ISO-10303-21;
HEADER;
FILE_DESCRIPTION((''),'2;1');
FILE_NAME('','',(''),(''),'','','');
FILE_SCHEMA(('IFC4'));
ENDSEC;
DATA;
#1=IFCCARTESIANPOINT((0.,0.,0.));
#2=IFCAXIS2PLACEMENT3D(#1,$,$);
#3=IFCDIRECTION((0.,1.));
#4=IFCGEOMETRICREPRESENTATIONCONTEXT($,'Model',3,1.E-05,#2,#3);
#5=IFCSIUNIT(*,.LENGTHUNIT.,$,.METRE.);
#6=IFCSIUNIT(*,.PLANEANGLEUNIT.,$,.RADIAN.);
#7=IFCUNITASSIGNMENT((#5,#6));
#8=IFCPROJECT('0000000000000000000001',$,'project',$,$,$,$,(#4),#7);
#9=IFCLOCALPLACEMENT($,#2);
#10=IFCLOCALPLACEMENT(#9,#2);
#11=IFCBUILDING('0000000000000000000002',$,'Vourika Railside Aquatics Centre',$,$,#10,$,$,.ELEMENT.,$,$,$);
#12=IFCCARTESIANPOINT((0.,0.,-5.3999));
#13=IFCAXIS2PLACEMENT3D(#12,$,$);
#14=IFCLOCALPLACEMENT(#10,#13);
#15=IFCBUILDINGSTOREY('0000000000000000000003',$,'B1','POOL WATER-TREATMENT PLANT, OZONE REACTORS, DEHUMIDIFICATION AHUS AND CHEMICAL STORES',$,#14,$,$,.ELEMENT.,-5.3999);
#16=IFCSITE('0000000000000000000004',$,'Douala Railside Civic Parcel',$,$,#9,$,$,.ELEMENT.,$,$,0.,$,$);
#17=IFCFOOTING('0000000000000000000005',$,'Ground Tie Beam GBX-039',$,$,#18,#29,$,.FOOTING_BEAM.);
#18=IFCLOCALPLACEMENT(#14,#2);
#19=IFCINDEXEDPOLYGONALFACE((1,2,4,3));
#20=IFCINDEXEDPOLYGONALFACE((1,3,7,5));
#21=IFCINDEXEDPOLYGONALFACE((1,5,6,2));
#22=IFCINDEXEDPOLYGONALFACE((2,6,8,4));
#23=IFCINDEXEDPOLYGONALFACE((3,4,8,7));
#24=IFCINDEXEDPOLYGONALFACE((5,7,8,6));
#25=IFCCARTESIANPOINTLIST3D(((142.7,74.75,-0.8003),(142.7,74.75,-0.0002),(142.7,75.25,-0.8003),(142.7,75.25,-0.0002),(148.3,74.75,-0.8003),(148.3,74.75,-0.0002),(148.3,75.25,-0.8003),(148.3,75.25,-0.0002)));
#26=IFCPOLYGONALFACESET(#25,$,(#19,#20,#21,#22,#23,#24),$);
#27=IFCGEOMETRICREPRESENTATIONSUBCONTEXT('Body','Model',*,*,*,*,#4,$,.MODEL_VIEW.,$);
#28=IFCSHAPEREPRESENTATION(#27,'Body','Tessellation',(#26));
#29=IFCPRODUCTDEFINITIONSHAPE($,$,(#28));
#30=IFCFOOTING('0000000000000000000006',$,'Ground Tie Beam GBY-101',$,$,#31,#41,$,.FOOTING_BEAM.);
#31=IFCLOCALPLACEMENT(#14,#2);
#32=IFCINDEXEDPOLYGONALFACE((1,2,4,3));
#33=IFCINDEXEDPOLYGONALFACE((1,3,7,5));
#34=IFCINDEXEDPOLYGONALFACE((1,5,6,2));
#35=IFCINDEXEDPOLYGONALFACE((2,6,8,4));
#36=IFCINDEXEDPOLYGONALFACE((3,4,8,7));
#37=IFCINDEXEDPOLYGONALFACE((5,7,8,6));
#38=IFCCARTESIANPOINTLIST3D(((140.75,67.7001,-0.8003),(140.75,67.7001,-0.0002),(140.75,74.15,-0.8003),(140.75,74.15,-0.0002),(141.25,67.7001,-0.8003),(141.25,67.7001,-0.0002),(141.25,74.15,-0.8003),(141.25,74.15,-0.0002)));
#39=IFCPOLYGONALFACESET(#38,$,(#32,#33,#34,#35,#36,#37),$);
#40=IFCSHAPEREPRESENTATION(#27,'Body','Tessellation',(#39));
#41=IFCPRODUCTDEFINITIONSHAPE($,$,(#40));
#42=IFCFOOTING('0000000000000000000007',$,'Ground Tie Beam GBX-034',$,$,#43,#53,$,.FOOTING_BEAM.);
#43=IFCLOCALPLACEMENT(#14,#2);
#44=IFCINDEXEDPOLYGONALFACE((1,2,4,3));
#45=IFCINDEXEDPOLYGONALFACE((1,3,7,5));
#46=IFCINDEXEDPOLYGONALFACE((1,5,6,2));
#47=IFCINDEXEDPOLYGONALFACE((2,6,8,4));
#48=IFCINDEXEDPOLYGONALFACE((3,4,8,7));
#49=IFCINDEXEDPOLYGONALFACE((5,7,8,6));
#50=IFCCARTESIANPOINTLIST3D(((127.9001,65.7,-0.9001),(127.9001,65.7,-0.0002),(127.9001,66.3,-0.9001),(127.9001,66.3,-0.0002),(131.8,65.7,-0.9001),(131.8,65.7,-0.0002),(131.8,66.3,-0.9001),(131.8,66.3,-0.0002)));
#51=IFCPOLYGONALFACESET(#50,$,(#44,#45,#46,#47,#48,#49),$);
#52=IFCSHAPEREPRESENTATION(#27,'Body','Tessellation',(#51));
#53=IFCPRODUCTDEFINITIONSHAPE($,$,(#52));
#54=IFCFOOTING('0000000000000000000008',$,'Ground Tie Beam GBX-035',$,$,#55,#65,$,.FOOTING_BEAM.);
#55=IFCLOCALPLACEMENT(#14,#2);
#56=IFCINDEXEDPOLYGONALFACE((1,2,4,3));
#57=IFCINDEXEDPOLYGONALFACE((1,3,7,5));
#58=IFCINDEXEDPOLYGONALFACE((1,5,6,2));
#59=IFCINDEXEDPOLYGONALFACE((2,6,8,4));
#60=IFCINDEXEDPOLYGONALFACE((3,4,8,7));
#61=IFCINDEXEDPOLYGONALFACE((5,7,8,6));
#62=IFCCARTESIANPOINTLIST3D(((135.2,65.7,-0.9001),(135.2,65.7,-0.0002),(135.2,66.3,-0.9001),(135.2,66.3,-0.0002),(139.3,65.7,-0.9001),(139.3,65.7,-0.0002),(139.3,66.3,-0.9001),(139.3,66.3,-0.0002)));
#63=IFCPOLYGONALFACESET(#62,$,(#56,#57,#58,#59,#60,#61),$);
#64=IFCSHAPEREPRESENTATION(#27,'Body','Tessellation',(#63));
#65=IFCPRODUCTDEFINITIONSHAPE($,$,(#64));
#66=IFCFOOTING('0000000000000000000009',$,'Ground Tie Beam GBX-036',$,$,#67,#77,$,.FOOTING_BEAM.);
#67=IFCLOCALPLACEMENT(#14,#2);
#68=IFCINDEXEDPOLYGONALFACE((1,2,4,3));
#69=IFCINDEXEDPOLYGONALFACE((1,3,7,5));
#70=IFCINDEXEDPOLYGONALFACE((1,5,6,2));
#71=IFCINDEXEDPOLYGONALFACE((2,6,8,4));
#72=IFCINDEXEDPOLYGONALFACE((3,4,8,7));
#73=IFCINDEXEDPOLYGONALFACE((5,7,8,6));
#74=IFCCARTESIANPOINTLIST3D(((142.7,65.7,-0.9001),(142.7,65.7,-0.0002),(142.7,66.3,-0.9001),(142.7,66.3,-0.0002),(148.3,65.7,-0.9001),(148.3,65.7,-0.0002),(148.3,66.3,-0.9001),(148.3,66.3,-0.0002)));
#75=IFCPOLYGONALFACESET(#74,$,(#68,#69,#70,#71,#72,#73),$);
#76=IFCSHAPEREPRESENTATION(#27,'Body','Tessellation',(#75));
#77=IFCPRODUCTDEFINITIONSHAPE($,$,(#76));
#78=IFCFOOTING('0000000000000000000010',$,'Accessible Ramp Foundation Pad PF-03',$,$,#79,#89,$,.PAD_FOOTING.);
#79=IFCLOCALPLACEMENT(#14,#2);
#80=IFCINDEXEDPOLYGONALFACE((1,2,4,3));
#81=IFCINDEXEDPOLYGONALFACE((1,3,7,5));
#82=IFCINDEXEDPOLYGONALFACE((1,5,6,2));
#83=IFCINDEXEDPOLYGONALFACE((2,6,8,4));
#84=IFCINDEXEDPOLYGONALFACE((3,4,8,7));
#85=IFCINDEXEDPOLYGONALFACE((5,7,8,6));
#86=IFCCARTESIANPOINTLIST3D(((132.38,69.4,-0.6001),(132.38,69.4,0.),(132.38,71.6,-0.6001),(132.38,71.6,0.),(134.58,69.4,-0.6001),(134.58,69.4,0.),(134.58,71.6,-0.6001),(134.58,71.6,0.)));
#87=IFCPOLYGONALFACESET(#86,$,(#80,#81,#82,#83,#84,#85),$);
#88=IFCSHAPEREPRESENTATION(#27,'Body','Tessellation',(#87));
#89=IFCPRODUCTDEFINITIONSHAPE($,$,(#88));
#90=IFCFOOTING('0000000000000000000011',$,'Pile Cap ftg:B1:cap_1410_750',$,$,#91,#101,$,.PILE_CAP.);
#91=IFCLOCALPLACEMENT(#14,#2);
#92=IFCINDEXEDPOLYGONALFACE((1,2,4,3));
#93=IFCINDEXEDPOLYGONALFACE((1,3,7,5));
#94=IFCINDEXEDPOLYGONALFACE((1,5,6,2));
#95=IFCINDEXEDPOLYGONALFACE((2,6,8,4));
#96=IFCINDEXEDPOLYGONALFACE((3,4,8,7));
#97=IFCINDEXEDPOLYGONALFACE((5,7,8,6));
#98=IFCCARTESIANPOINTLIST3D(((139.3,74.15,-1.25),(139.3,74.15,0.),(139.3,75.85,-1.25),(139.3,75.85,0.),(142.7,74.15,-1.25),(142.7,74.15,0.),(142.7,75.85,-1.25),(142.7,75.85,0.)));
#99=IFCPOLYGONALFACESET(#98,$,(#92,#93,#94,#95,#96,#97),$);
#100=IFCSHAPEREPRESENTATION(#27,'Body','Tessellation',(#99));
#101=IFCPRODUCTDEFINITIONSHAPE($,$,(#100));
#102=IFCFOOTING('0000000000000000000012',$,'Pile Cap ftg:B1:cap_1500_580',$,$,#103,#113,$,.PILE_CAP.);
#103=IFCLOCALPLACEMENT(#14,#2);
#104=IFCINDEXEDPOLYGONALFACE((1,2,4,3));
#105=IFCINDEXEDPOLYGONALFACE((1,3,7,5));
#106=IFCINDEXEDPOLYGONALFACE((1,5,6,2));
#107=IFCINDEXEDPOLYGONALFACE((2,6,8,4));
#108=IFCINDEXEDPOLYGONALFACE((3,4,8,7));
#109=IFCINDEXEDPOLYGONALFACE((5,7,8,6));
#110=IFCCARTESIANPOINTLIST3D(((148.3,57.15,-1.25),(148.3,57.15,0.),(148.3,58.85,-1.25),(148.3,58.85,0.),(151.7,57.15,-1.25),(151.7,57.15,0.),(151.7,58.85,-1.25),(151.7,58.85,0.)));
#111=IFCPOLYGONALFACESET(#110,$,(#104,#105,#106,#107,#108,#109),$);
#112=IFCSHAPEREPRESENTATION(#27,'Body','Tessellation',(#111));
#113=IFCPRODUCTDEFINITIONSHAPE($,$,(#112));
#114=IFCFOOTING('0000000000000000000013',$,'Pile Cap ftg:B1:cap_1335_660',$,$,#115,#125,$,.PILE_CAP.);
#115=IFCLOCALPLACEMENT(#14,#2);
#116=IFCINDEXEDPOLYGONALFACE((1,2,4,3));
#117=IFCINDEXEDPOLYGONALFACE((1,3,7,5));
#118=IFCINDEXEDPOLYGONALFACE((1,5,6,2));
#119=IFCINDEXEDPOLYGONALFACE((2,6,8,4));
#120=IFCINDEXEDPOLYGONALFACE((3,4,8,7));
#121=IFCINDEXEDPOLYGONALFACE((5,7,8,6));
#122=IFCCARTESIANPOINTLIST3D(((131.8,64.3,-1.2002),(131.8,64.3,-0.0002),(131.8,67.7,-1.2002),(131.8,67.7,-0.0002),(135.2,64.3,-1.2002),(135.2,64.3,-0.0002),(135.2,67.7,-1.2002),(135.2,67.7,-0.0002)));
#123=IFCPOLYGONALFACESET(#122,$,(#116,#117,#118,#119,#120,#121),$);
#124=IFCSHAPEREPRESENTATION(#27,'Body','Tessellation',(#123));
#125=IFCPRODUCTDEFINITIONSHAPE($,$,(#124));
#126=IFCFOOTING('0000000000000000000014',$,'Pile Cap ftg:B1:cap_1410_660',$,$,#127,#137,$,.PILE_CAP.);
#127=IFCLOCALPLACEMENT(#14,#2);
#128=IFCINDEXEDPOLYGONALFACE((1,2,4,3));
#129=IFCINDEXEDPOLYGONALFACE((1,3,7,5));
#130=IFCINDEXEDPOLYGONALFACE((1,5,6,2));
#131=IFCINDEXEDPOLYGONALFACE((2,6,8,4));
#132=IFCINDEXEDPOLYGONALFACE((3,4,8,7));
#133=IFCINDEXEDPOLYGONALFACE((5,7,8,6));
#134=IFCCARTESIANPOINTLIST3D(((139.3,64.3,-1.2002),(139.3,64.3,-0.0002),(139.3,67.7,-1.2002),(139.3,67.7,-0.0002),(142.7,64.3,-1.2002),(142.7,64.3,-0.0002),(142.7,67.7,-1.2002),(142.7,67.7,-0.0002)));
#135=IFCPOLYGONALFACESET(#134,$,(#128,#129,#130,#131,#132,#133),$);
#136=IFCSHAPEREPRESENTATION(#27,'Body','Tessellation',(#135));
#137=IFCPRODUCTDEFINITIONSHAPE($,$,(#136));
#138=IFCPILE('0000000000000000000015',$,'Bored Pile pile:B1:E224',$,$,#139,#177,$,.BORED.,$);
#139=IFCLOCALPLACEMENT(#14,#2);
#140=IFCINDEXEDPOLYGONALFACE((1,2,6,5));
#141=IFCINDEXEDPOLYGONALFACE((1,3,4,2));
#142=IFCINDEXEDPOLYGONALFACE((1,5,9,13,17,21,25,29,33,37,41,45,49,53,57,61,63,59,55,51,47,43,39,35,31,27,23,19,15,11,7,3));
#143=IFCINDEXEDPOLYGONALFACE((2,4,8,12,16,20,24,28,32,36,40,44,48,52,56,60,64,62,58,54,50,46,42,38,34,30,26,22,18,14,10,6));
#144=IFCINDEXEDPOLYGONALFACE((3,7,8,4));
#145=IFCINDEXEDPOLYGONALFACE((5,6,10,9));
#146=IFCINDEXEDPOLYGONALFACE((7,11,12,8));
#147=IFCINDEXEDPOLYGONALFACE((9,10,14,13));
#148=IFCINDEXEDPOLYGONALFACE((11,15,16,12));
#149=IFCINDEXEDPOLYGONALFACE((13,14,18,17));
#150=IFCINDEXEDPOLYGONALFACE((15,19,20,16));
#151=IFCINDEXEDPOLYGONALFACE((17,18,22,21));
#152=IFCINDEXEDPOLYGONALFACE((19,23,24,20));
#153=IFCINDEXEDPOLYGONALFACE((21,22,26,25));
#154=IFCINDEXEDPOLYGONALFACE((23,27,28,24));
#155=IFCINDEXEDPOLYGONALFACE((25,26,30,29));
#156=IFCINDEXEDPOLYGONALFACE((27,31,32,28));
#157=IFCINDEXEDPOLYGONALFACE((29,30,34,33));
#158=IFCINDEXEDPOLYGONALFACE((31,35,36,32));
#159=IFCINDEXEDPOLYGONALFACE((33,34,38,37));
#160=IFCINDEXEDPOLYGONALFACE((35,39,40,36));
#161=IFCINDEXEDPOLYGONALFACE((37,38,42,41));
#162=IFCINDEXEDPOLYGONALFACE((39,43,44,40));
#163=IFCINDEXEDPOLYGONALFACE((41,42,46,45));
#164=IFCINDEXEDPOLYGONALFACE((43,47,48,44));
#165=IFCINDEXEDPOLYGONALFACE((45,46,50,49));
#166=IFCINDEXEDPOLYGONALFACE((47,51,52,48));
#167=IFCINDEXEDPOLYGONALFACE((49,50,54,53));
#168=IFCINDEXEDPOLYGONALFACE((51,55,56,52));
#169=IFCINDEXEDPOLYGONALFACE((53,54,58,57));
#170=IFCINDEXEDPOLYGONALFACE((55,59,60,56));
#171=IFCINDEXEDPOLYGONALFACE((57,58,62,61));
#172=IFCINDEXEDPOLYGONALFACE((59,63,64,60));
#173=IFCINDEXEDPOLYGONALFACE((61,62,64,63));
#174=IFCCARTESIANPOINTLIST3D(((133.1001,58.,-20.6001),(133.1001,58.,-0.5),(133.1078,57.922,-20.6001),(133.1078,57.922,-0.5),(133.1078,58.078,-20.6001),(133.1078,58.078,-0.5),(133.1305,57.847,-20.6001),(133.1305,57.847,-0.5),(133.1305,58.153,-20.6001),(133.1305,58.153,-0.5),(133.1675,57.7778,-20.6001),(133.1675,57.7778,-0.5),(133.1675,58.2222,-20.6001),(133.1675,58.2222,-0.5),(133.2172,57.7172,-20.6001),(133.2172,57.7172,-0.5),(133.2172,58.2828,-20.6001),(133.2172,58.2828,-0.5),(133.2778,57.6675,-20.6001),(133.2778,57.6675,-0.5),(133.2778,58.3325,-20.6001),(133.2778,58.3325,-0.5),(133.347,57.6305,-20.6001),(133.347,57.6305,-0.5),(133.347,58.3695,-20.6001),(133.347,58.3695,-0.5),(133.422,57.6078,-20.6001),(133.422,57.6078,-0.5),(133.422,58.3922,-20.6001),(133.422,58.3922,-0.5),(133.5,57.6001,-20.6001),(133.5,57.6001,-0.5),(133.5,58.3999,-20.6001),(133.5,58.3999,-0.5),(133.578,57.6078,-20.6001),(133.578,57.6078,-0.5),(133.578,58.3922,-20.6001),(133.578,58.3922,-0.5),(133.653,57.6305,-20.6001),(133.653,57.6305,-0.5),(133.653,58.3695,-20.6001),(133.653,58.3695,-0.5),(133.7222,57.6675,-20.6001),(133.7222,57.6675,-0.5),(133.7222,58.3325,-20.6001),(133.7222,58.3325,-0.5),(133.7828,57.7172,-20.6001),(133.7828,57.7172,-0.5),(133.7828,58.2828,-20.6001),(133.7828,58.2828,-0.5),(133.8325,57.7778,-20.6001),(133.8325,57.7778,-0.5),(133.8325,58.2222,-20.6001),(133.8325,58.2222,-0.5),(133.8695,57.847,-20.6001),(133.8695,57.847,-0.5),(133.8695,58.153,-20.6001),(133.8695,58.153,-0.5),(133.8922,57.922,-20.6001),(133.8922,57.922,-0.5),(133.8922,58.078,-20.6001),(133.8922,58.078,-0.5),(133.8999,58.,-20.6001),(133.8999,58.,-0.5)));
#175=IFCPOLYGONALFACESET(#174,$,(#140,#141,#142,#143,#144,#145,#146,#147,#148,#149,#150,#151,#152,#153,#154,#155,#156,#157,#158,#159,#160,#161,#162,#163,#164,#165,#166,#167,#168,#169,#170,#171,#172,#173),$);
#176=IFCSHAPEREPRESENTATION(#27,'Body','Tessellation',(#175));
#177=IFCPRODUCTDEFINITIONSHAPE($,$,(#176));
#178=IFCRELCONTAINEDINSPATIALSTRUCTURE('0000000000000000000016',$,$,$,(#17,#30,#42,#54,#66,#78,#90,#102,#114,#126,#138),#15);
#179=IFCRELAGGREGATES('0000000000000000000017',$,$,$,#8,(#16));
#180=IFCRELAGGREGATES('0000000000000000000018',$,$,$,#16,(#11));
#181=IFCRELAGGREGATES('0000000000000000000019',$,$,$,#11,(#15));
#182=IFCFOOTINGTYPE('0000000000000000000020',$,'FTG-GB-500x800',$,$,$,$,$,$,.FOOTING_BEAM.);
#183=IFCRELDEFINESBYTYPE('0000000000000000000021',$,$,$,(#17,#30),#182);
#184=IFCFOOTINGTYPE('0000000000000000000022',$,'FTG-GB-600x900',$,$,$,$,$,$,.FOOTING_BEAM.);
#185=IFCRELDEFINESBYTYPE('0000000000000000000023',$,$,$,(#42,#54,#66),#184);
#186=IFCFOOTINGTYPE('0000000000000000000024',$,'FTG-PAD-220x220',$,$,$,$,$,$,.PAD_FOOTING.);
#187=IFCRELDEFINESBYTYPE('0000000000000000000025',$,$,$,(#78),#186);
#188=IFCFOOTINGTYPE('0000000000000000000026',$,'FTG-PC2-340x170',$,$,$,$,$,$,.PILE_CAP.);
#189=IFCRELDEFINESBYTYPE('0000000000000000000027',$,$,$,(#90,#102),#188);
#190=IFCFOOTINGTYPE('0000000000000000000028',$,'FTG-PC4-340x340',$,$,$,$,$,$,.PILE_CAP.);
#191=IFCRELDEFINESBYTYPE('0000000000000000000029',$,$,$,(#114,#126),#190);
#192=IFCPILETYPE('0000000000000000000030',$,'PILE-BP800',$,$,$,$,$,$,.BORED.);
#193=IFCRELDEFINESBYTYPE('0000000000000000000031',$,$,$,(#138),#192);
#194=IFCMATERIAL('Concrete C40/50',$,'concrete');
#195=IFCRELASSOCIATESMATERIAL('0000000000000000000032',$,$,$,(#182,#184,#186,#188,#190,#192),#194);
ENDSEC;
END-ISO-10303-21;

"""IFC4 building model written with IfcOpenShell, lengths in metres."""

from ifc_helpers import new_model, si_unit, direction, frame, origin, origin_2d, place, context, subcontext, project, spatial, rectangle, circle, extrude, material, material_profile, profile_set, type_object, element, save


model = new_model("IFC4")

# Units and contexts
model_context = context("Model", 3, precision=1e-05, world=origin(), true_north=direction((0.0, 1.0)))
body_context = subcontext(model_context, "Body", "Model", "MODEL_VIEW")
ifc_project = project(units=[si_unit("LENGTHUNIT", "METRE"), si_unit("PLANEANGLEUNIT", "RADIAN")], contexts=[model_context])

# Site, building, storey
site_placement = place(None, origin())
site = spatial("IfcSite", under=ifc_project, at=site_placement, Name="Douala Railside Civic Parcel", CompositionType="ELEMENT", RefElevation=0.0)
building_placement = place(site_placement, origin())
building = spatial("IfcBuilding", under=site, at=building_placement, Name="Vourika Railside Aquatics Centre", CompositionType="ELEMENT")
storey_placement = place(building_placement, frame((0.0, 0.0, -5.3999)))
storey = spatial("IfcBuildingStorey", under=building, at=storey_placement, Name="B1", Description="POOL WATER-TREATMENT PLANT, OZONE REACTORS, DEHUMIDIFICATION AHUS AND CHEMICAL STORES", CompositionType="ELEMENT", Elevation=-5.3999)

# Footings
ifc_material_1 = material(Name="Concrete C40/50", Category="concrete")
footing_type_1 = type_object("IfcFootingType", Name="FTG-GB-500x800", PredefinedType="FOOTING_BEAM", material=ifc_material_1)
footing_1_placement = place(storey_placement, frame((145.5, 75.0, -0.8003), z_axis=(0.0, 0.0, 1.0), x_axis=(1.0, 0.0, 0.0)))
element("IfcFooting", 1, at=footing_1_placement, inside=storey, type_object=footing_type_1, Name="Ground Tie Beam GBX-039", PredefinedType="FOOTING_BEAM", context=body_context, shape_type="SweptSolid", body=[
    extrude(rectangle(XDim=5.6001, YDim=0.5, at=origin_2d()), origin(), (0.0, 0.0, 1.0), 0.8),
])
footing_2_placement = place(storey_placement, frame((141.0, 70.925, -0.8003), z_axis=(0.0, 0.0, 1.0), x_axis=(0.0, 1.0, 0.0)))
element("IfcFooting", 2, at=footing_2_placement, inside=storey, type_object=footing_type_1, Name="Ground Tie Beam GBY-101", PredefinedType="FOOTING_BEAM", context=body_context, shape_type="SweptSolid", body=[
    extrude(rectangle(XDim=6.45, YDim=0.5, at=origin_2d()), origin(), (0.0, 0.0, 1.0), 0.8),
])
footing_type_2 = type_object("IfcFootingType", Name="FTG-GB-600x900", PredefinedType="FOOTING_BEAM", material=ifc_material_1)
footing_3_placement = place(storey_placement, frame((129.8501, 66.0, -0.9001), z_axis=(0.0, 0.0, 1.0), x_axis=(1.0, 0.0, 0.0)))
element("IfcFooting", 3, at=footing_3_placement, inside=storey, type_object=footing_type_2, Name="Ground Tie Beam GBX-034", PredefinedType="FOOTING_BEAM", context=body_context, shape_type="SweptSolid", body=[
    extrude(rectangle(XDim=3.8999, YDim=0.6001, at=origin_2d()), origin(), (0.0, 0.0, 1.0), 0.8999),
])
footing_4_placement = place(storey_placement, frame((137.25, 66.0, -0.9001), z_axis=(0.0, 0.0, 1.0), x_axis=(1.0, 0.0, 0.0)))
element("IfcFooting", 4, at=footing_4_placement, inside=storey, type_object=footing_type_2, Name="Ground Tie Beam GBX-035", PredefinedType="FOOTING_BEAM", context=body_context, shape_type="SweptSolid", body=[
    extrude(rectangle(XDim=4.1001, YDim=0.6001, at=origin_2d()), origin(), (0.0, 0.0, 1.0), 0.8999),
])
footing_5_placement = place(storey_placement, frame((145.5, 66.0, -0.9001), z_axis=(0.0, 0.0, 1.0), x_axis=(1.0, 0.0, 0.0)))
element("IfcFooting", 5, at=footing_5_placement, inside=storey, type_object=footing_type_2, Name="Ground Tie Beam GBX-036", PredefinedType="FOOTING_BEAM", context=body_context, shape_type="SweptSolid", body=[
    extrude(rectangle(XDim=5.6001, YDim=0.6001, at=origin_2d()), origin(), (0.0, 0.0, 1.0), 0.8999),
])
footing_type_3 = type_object("IfcFootingType", Name="FTG-PAD-220x220", PredefinedType="PAD_FOOTING", material=ifc_material_1)
footing_6_placement = place(storey_placement, frame((133.48, 70.5, -0.6001), z_axis=(0.0, 0.0, 1.0), x_axis=(1.0, 0.0, 0.0)))
element("IfcFooting", 6, at=footing_6_placement, inside=storey, type_object=footing_type_3, Name="Accessible Ramp Foundation Pad PF-03", PredefinedType="PAD_FOOTING", context=body_context, shape_type="SweptSolid", body=[
    extrude(rectangle(XDim=2.2, YDim=2.2, at=origin_2d()), origin(), (0.0, 0.0, 1.0), 0.6001),
])
footing_type_4 = type_object("IfcFootingType", Name="FTG-PC2-340x170", PredefinedType="PILE_CAP", material=ifc_material_1)
for number, where, z_axis, x_axis, name in (
    (7, (141.0, 75.0, -1.25), (0.0, 0.0, 1.0), (1.0, 0.0, 0.0), "Pile Cap ftg:B1:cap_1410_750"),
    (8, (150.0, 58.0, -1.25), (0.0, 0.0, 1.0), (1.0, 0.0, 0.0), "Pile Cap ftg:B1:cap_1500_580"),
):
    element("IfcFooting", number, at=place(storey_placement, frame(where, z_axis=z_axis, x_axis=x_axis)), inside=storey, type_object=footing_type_4, Name=name, PredefinedType="PILE_CAP", context=body_context, shape_type="SweptSolid", body=[
        extrude(rectangle(XDim=3.3999, YDim=1.7, at=origin_2d()), origin(), (0.0, 0.0, 1.0), 1.25),
    ])
footing_type_5 = type_object("IfcFootingType", Name="FTG-PC4-340x340", PredefinedType="PILE_CAP", material=ifc_material_1)
for number, where, z_axis, x_axis, name in (
    (9, (133.5, 66.0, -1.2002), (0.0, 0.0, 1.0), (1.0, 0.0, 0.0), "Pile Cap ftg:B1:cap_1335_660"),
    (10, (141.0, 66.0, -1.2002), (0.0, 0.0, 1.0), (1.0, 0.0, 0.0), "Pile Cap ftg:B1:cap_1410_660"),
):
    element("IfcFooting", number, at=place(storey_placement, frame(where, z_axis=z_axis, x_axis=x_axis)), inside=storey, type_object=footing_type_5, Name=name, PredefinedType="PILE_CAP", context=body_context, shape_type="SweptSolid", body=[
        extrude(rectangle(XDim=3.3999, YDim=3.3999, at=origin_2d()), origin(), (0.0, 0.0, 1.0), 1.2),
    ])

# Pile
ifc_material_profile_1 = material_profile(ifc_material_1, circle(Radius=0.3999, at=origin_2d()), Name="BP 800")
ifc_profile_set_1 = profile_set([ifc_material_profile_1], Name="Concrete C40/50")
pile_type_1 = type_object("IfcPileType", Name="PILE-BP800", PredefinedType="BORED", material=ifc_profile_set_1)
pile_1_placement = place(storey_placement, frame((133.5, 58.0, -0.5), z_axis=(0.0, 0.0, -1.0), x_axis=(1.0, 0.0, 0.0)))
element("IfcPile", 11, at=pile_1_placement, inside=storey, type_object=pile_type_1, Name="Bored Pile pile:B1:E224", PredefinedType="BORED", context=body_context, shape_type="SweptSolid", body=[
    extrude(circle(Radius=0.3999, at=origin_2d()), origin(), (0.0, 0.0, 1.0), 20.1001),
])

save(model, "model.ifc")
